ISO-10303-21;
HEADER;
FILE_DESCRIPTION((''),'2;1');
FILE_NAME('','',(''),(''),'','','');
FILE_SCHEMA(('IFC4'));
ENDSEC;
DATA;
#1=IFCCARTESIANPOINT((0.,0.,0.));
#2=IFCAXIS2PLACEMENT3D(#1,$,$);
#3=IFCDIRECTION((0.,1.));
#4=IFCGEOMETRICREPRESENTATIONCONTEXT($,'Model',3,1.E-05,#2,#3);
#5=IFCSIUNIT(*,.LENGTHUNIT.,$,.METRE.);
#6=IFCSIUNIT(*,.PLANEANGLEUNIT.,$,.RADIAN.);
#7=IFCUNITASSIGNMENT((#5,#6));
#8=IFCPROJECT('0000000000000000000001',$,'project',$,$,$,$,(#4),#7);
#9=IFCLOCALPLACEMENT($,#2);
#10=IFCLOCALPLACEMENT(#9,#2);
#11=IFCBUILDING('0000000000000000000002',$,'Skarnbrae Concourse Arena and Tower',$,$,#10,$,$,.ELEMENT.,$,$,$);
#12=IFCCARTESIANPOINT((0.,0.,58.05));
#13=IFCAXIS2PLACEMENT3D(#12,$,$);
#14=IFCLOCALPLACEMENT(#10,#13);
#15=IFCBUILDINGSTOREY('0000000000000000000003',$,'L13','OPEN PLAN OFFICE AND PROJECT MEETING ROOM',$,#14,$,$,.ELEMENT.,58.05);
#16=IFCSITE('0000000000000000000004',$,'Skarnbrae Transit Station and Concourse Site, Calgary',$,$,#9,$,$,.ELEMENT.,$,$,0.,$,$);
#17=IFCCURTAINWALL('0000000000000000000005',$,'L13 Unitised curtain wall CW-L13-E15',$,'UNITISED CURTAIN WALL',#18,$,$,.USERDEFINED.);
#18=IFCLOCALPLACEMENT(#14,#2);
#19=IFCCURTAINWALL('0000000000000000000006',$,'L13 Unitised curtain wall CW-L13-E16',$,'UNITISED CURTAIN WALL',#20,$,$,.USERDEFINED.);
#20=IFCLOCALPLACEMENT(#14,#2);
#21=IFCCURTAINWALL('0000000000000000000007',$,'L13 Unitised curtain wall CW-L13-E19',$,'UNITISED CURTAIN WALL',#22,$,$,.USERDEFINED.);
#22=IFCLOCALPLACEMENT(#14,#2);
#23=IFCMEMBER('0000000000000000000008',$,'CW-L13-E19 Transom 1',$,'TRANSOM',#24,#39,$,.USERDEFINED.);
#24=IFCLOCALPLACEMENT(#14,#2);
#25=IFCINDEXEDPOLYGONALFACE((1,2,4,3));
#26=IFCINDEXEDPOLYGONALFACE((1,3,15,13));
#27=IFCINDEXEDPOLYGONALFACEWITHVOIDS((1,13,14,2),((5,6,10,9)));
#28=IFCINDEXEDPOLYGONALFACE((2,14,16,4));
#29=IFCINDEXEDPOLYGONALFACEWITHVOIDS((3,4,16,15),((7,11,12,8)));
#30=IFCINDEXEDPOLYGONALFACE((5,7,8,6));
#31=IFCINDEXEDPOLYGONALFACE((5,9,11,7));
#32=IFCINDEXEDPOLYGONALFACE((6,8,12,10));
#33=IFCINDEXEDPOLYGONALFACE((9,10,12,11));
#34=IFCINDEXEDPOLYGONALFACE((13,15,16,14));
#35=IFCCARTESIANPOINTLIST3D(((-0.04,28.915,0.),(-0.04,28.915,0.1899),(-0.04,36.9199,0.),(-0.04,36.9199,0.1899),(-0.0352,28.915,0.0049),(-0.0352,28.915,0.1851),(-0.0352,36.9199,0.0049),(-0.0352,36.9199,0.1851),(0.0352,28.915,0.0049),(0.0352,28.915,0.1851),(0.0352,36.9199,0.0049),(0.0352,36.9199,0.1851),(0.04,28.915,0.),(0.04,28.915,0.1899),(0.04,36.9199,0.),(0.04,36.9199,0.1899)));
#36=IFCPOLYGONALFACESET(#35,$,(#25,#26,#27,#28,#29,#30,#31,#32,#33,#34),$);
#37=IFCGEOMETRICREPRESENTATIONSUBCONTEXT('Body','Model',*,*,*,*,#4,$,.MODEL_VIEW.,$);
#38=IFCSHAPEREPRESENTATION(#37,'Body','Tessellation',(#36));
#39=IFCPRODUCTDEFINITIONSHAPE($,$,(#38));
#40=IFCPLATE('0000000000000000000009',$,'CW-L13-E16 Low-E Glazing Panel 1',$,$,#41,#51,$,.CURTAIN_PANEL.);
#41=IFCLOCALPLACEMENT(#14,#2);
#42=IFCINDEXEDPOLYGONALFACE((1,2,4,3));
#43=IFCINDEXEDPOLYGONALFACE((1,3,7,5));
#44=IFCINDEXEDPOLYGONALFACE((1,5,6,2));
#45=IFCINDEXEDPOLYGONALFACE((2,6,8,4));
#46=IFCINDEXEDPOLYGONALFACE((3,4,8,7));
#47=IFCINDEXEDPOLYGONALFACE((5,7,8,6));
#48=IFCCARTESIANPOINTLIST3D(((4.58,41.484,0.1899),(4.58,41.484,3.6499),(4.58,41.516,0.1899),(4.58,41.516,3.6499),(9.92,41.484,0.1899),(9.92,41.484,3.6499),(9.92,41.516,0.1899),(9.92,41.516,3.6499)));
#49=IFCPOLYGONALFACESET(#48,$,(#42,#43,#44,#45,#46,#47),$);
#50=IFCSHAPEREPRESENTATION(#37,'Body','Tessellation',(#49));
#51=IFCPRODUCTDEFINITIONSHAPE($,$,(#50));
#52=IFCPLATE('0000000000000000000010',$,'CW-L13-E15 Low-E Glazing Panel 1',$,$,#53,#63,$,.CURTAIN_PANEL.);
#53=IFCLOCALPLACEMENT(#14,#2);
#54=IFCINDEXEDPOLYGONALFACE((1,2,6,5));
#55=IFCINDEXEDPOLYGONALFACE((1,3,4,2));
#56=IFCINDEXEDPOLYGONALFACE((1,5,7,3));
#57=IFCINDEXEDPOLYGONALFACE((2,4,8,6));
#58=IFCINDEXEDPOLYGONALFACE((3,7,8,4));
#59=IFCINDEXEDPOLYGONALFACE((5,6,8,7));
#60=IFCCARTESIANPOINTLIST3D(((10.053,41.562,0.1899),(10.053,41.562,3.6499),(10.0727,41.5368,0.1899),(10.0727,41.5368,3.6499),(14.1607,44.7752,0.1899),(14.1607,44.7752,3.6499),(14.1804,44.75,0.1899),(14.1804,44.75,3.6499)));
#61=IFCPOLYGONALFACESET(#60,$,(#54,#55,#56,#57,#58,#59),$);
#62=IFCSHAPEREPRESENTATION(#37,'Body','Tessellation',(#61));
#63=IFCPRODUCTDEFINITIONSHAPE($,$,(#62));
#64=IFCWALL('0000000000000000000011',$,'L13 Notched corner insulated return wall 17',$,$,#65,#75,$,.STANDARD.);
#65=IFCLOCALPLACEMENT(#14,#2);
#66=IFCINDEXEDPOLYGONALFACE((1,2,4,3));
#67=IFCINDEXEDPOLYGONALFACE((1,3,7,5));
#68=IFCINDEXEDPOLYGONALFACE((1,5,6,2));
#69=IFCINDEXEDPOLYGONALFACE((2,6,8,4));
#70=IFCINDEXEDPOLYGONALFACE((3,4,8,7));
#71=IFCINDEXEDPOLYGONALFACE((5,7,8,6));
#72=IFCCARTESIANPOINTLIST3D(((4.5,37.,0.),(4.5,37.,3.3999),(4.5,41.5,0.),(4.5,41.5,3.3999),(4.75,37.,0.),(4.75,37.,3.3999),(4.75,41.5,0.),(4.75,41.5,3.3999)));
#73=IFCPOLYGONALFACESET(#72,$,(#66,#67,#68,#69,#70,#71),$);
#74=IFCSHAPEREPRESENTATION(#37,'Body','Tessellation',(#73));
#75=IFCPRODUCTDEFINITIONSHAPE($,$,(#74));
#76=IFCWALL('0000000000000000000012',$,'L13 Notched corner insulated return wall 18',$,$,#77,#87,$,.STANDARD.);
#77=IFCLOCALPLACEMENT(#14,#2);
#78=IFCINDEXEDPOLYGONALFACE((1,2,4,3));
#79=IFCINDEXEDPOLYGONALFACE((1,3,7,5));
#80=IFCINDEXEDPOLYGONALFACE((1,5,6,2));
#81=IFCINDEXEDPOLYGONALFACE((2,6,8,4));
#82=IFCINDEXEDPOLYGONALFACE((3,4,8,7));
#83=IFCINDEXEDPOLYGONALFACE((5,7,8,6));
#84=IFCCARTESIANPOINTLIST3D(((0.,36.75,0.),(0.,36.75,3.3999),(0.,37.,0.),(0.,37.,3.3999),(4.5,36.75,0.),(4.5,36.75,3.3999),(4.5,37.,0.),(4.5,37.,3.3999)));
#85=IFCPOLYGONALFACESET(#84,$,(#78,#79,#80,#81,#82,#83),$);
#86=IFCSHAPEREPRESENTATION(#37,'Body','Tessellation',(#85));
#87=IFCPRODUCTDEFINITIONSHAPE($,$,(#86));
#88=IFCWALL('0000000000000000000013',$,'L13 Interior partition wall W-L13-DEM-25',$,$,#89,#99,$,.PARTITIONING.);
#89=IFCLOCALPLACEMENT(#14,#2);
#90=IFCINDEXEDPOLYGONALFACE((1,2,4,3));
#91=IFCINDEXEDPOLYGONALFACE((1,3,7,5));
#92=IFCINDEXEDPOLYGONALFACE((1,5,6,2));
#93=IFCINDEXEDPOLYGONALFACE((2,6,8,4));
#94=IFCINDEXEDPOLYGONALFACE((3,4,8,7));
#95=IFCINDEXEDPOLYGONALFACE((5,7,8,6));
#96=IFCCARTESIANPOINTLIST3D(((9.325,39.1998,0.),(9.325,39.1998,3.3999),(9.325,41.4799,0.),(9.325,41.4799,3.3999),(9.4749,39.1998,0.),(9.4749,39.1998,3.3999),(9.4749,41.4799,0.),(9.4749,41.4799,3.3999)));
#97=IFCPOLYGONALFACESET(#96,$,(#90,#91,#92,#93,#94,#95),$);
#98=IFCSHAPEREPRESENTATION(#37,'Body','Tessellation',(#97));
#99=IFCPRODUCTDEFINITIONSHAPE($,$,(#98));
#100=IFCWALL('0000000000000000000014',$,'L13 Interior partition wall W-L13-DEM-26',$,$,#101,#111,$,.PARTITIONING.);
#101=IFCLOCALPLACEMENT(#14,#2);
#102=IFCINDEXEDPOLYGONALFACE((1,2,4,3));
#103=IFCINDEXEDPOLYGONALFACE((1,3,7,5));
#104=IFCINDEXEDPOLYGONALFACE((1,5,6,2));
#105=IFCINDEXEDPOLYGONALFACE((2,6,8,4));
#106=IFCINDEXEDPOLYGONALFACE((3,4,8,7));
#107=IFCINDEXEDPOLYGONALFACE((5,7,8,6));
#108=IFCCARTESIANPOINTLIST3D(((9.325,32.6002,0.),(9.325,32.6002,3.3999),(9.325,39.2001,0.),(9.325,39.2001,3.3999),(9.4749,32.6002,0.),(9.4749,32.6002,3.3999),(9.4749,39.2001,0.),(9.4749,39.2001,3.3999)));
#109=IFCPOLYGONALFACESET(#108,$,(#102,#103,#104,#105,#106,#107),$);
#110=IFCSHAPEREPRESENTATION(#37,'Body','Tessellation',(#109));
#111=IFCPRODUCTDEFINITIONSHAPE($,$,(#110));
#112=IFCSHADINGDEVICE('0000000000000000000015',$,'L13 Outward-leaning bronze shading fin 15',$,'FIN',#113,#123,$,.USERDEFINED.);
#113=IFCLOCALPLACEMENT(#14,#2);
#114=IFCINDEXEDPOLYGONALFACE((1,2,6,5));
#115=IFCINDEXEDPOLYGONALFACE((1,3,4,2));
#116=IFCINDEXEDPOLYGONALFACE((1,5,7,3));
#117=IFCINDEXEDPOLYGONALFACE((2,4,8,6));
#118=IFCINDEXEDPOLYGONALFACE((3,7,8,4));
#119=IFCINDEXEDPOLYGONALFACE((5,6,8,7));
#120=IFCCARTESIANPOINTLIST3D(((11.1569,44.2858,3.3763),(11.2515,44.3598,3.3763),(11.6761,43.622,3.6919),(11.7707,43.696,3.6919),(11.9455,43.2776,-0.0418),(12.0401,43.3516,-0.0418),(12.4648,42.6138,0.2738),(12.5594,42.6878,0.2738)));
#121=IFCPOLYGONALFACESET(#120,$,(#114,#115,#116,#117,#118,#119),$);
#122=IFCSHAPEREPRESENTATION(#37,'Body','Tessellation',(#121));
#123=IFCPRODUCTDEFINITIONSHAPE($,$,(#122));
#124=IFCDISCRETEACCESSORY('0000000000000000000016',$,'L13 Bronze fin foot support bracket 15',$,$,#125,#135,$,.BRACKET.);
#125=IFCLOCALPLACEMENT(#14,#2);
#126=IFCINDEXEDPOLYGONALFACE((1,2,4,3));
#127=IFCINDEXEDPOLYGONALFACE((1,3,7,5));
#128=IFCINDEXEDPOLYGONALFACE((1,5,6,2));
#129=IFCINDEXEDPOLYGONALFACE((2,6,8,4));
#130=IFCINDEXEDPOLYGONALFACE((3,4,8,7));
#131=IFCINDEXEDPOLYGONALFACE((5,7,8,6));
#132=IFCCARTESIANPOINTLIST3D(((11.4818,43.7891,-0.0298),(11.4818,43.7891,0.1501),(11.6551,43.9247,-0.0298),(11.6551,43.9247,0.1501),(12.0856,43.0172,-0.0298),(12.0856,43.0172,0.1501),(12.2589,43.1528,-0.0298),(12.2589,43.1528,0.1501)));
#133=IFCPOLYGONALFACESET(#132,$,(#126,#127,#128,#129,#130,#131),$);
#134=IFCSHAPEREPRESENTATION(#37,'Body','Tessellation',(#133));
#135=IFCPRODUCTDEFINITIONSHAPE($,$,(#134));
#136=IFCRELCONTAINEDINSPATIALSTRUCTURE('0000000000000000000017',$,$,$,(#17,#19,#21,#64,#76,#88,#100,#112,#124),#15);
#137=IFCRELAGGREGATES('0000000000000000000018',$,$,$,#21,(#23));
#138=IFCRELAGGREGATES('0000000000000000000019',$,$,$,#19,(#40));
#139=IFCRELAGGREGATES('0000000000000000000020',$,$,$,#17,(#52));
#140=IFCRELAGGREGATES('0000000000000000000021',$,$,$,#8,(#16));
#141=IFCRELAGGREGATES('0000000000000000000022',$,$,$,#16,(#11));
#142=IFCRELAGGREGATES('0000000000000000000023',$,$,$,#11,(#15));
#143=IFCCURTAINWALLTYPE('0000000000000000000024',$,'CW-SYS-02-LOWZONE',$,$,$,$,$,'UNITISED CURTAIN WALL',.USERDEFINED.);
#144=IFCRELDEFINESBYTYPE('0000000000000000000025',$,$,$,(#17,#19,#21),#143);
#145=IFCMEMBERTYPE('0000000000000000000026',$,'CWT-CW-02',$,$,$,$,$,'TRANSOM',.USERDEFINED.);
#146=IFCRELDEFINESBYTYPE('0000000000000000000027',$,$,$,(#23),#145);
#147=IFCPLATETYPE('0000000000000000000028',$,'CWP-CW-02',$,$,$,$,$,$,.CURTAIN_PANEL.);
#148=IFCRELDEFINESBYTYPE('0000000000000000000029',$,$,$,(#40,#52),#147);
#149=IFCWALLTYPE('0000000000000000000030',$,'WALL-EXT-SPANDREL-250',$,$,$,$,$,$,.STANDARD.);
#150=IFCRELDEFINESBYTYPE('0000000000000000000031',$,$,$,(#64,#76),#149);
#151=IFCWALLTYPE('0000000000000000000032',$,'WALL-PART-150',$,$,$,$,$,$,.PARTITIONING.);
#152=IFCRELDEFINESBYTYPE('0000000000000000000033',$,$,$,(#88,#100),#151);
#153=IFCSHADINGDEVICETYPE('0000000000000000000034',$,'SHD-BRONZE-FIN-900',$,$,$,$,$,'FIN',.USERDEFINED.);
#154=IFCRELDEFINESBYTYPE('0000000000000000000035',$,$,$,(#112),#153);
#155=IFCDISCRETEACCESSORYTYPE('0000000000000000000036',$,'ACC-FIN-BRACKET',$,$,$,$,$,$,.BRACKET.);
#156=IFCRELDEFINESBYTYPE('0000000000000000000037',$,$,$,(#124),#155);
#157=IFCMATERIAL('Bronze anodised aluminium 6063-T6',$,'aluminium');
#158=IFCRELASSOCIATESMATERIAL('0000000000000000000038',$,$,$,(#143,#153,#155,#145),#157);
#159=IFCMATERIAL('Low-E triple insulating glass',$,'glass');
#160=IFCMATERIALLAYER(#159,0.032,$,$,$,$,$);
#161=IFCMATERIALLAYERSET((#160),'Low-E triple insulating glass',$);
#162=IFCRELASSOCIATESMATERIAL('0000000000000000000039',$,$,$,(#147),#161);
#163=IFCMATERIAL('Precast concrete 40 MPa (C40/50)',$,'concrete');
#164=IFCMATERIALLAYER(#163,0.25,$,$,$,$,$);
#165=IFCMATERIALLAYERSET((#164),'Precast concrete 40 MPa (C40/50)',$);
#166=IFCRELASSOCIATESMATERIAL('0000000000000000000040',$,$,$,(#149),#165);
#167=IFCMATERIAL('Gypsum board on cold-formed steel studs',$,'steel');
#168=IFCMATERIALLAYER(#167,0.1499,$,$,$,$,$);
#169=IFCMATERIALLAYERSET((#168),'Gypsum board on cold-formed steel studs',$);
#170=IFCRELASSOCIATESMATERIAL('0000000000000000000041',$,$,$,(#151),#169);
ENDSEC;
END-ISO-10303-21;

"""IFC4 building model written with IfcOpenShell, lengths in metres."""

from ifc_helpers import new_model, si_unit, direction, frame, frame_2d, origin, origin_2d, place, context, subcontext, project, spatial, rectangle, hollow_rectangle, extrude, source, transform, mapped, material, layer, layer_set, material_profile, profile_set, type_object, element, aggregate, save


model = new_model("IFC4")

# Units and contexts
model_context = context("Model", 3, precision=1e-05, world=origin(), true_north=direction((0.0, 1.0)))
body_context = subcontext(model_context, "Body", "Model", "MODEL_VIEW")
ifc_project = project(units=[si_unit("LENGTHUNIT", "METRE"), si_unit("PLANEANGLEUNIT", "RADIAN")], contexts=[model_context])

# Site, building, storey
site_placement = place(None, origin())
site = spatial("IfcSite", under=ifc_project, at=site_placement, Name="Skarnbrae Transit Station and Concourse Site, Calgary", CompositionType="ELEMENT", RefElevation=0.0)
building_placement = place(site_placement, origin())
building = spatial("IfcBuilding", under=site, at=building_placement, Name="Skarnbrae Concourse Arena and Tower", CompositionType="ELEMENT")
storey_placement = place(building_placement, frame((0.0, 0.0, 58.05)))
storey = spatial("IfcBuildingStorey", under=building, at=storey_placement, Name="L13", Description="OPEN PLAN OFFICE AND PROJECT MEETING ROOM", CompositionType="ELEMENT", Elevation=58.05)

# Shared definitions
ifc_material_1 = material(Name="Bronze anodised aluminium 6063-T6", Category="aluminium")
curtain_wall_type = type_object("IfcCurtainWallType", Name="CW-SYS-02-LOWZONE", ElementType="UNITISED CURTAIN WALL", PredefinedType="USERDEFINED", material=ifc_material_1)

# Curtain walls
curtain_wall_1_placement = place(storey_placement, origin())
curtain_wall_1 = element("IfcCurtainWall", 1, at=curtain_wall_1_placement, inside=storey, type_object=curtain_wall_type, Name="L13 Unitised curtain wall CW-L13-E15", ObjectType="UNITISED CURTAIN WALL", PredefinedType="USERDEFINED")
curtain_wall_2_placement = place(storey_placement, origin())
curtain_wall_2 = element("IfcCurtainWall", 2, at=curtain_wall_2_placement, inside=storey, type_object=curtain_wall_type, Name="L13 Unitised curtain wall CW-L13-E16", ObjectType="UNITISED CURTAIN WALL", PredefinedType="USERDEFINED")

# Curtain wall
curtain_wall_3_placement = place(storey_placement, origin())
curtain_wall_3 = element("IfcCurtainWall", 3, at=curtain_wall_3_placement, inside=storey, type_object=curtain_wall_type, Name="L13 Unitised curtain wall CW-L13-E19", ObjectType="UNITISED CURTAIN WALL", PredefinedType="USERDEFINED")

# Member
ifc_material_profile_1 = material_profile(ifc_material_1, hollow_rectangle(XDim=0.0801, YDim=0.1899, WallThickness=0.0049, at=origin_2d()), Name="ALU-TRAN-80X190")
ifc_profile_set_1 = profile_set([ifc_material_profile_1], Name="Bronze anodised aluminium 6063-T6")
member_type_1 = type_object("IfcMemberType", Name="CWT-CW-02", ElementType="TRANSOM", PredefinedType="USERDEFINED", material=ifc_profile_set_1)
shared_shape_1 = source(origin(), body_context, "Body", "SweptSolid", [
    extrude(hollow_rectangle(XDim=0.0801, YDim=0.1899, WallThickness=0.0049, at=origin_2d()), origin(), (0.0, 0.0, 1.0), 8.0049),
])
member_1_placement = place(storey_placement, frame((0.0, 36.9199, 0.095), z_axis=(0.0, -1.0, 0.0), x_axis=(1.0, 0.0, 0.0)))
member_1 = element("IfcMember", 4, at=member_1_placement, type_object=member_type_1, Name="CW-L13-E19 Transom 1", ObjectType="TRANSOM", PredefinedType="USERDEFINED", context=body_context, shape_type="MappedRepresentation", body=[
    mapped(shared_shape_1, transform((0.0, 0.0, 0.0))),
])
aggregate(curtain_wall_3, [member_1])

# Plates
ifc_material_2 = material(Name="Low-E triple insulating glass", Category="glass")
ifc_layer_1 = layer(ifc_material_2, 0.032)
ifc_layer_set_1 = layer_set([ifc_layer_1], Name="Low-E triple insulating glass")
plate_type = type_object("IfcPlateType", Name="CWP-CW-02", PredefinedType="CURTAIN_PANEL", material=ifc_layer_set_1)
shared_shape_2 = source(origin(), body_context, "Body", "SweptSolid", [
    extrude(rectangle(XDim=5.3401, YDim=0.032, at=origin_2d()), origin(), (0.0, 0.0, 1.0), 3.46),
])
plate_1_placement = place(storey_placement, frame((7.25, 41.5, 0.1899), z_axis=(0.0, 0.0, 1.0), x_axis=(-1.0, 0.0, 0.0)))
plate_1 = element("IfcPlate", 5, at=plate_1_placement, type_object=plate_type, Name="CW-L13-E16 Low-E Glazing Panel 1", PredefinedType="CURTAIN_PANEL", context=body_context, shape_type="MappedRepresentation", body=[
    mapped(shared_shape_2, transform((0.0, 0.0, 0.0))),
])
aggregate(curtain_wall_2, [plate_1])
shared_shape_3 = source(origin(), body_context, "Body", "SweptSolid", [
    extrude(rectangle(XDim=5.2151, YDim=0.032, at=origin_2d()), origin(), (0.0, 0.0, 1.0), 3.46),
])
plate_2_placement = place(storey_placement, frame((12.1167, 43.156, 0.1899), z_axis=(0.0, 0.0, 1.0), x_axis=(-0.787652, -0.616121, 0.0)))
plate_2 = element("IfcPlate", 6, at=plate_2_placement, type_object=plate_type, Name="CW-L13-E15 Low-E Glazing Panel 1", PredefinedType="CURTAIN_PANEL", context=body_context, shape_type="MappedRepresentation", body=[
    mapped(shared_shape_3, transform((0.0, 0.0, 0.0))),
])
aggregate(curtain_wall_1, [plate_2])

# Walls
ifc_material_3 = material(Name="Precast concrete 40 MPa (C40/50)", Category="concrete")
ifc_layer_2 = layer(ifc_material_3, 0.25)
ifc_layer_set_2 = layer_set([ifc_layer_2], Name="Precast concrete 40 MPa (C40/50)")
wall_type_1 = type_object("IfcWallType", Name="WALL-EXT-SPANDREL-250", PredefinedType="STANDARD", material=ifc_layer_set_2)
shared_shape_4 = source(origin(), body_context, "Body", "SweptSolid", [
    extrude(rectangle(XDim=4.5, YDim=0.25, at=frame_2d((2.25, 0.0))), origin(), (0.0, 0.0, 1.0), 3.3999),
])
for number, where, z_axis, x_axis, name in (
    (7, (4.625, 41.5, 0.0), (0.0, 0.0, 1.0), (0.0, -1.0, 0.0), "L13 Notched corner insulated return wall 17"),
    (8, (4.5, 36.875, 0.0), (0.0, 0.0, 1.0), (-1.0, 0.0, 0.0), "L13 Notched corner insulated return wall 18"),
):
    element("IfcWall", number, at=place(storey_placement, frame(where, z_axis=z_axis, x_axis=x_axis)), inside=storey, type_object=wall_type_1, Name=name, PredefinedType="STANDARD", context=body_context, shape_type="MappedRepresentation", body=[
        mapped(shared_shape_4, transform((0.0, 0.0, 0.0))),
    ])
ifc_material_4 = material(Name="Gypsum board on cold-formed steel studs", Category="steel")
ifc_layer_3 = layer(ifc_material_4, 0.1499)
ifc_layer_set_3 = layer_set([ifc_layer_3], Name="Gypsum board on cold-formed steel studs")
wall_type_2 = type_object("IfcWallType", Name="WALL-PART-150", PredefinedType="PARTITIONING", material=ifc_layer_set_3)
shared_shape_5 = source(origin(), body_context, "Body", "SweptSolid", [
    extrude(rectangle(XDim=2.28, YDim=0.1499, at=frame_2d((1.1401, 0.0))), origin(), (0.0, 0.0, 1.0), 3.3999),
])
wall_1_placement = place(storey_placement, frame((9.3999, 41.48, 0.0), z_axis=(0.0, 0.0, 1.0), x_axis=(0.0, -1.0, 0.0)))
element("IfcWall", 9, at=wall_1_placement, inside=storey, type_object=wall_type_2, Name="L13 Interior partition wall W-L13-DEM-25", PredefinedType="PARTITIONING", context=body_context, shape_type="MappedRepresentation", body=[
    mapped(shared_shape_5, transform((0.0, 0.0, 0.0))),
])
shared_shape_6 = source(origin(), body_context, "Body", "SweptSolid", [
    extrude(rectangle(XDim=6.5999, YDim=0.1499, at=frame_2d((3.2998, 0.0))), origin(), (0.0, 0.0, 1.0), 3.3999),
])
wall_2_placement = place(storey_placement, frame((9.3999, 39.2, 0.0), z_axis=(0.0, 0.0, 1.0), x_axis=(0.0, -1.0, 0.0)))
element("IfcWall", 10, at=wall_2_placement, inside=storey, type_object=wall_type_2, Name="L13 Interior partition wall W-L13-DEM-26", PredefinedType="PARTITIONING", context=body_context, shape_type="MappedRepresentation", body=[
    mapped(shared_shape_6, transform((0.0, 0.0, 0.0))),
])

# Shading device
shading_device_type = type_object("IfcShadingDeviceType", Name="SHD-BRONZE-FIN-900", ElementType="FIN", PredefinedType="USERDEFINED", material=ifc_material_1)
shared_shape_7 = source(origin(), body_context, "Body", "SweptSolid", [
    extrude(rectangle(XDim=0.1201, YDim=0.8999, at=origin_2d()), origin(), (0.0, 0.0, 1.0), 3.6499),
])
shading_device_placement = place(storey_placement, frame((12.2524, 42.9827, 0.116), z_axis=(-0.21607, 0.276229, 0.936489), x_axis=(0.787656, 0.616115, 0.0)))
element("IfcShadingDevice", 11, at=shading_device_placement, inside=storey, type_object=shading_device_type, Name="L13 Outward-leaning bronze shading fin 15", ObjectType="FIN", PredefinedType="USERDEFINED", context=body_context, shape_type="MappedRepresentation", body=[
    mapped(shared_shape_7, transform((0.0, 0.0, 0.0))),
])

# Discrete accessory
discrete_accessory_type = type_object("IfcDiscreteAccessoryType", Name="ACC-FIN-BRACKET", PredefinedType="BRACKET", material=ifc_material_1)
shared_shape_8 = source(origin(), body_context, "Body", "SweptSolid", [
    extrude(rectangle(XDim=0.22, YDim=0.98, at=origin_2d()), origin(), (0.0, 0.0, 1.0), 0.1799),
])
discrete_accessory_placement = place(storey_placement, frame((11.8704, 43.4709, -0.0298), z_axis=(0.0, 0.0, 1.0), x_axis=(0.787656, 0.616115, 0.0)))
element("IfcDiscreteAccessory", 12, at=discrete_accessory_placement, inside=storey, type_object=discrete_accessory_type, Name="L13 Bronze fin foot support bracket 15", PredefinedType="BRACKET", context=body_context, shape_type="MappedRepresentation", body=[
    mapped(shared_shape_8, transform((0.0, 0.0, 0.0))),
])

save(model, "model.ifc")
